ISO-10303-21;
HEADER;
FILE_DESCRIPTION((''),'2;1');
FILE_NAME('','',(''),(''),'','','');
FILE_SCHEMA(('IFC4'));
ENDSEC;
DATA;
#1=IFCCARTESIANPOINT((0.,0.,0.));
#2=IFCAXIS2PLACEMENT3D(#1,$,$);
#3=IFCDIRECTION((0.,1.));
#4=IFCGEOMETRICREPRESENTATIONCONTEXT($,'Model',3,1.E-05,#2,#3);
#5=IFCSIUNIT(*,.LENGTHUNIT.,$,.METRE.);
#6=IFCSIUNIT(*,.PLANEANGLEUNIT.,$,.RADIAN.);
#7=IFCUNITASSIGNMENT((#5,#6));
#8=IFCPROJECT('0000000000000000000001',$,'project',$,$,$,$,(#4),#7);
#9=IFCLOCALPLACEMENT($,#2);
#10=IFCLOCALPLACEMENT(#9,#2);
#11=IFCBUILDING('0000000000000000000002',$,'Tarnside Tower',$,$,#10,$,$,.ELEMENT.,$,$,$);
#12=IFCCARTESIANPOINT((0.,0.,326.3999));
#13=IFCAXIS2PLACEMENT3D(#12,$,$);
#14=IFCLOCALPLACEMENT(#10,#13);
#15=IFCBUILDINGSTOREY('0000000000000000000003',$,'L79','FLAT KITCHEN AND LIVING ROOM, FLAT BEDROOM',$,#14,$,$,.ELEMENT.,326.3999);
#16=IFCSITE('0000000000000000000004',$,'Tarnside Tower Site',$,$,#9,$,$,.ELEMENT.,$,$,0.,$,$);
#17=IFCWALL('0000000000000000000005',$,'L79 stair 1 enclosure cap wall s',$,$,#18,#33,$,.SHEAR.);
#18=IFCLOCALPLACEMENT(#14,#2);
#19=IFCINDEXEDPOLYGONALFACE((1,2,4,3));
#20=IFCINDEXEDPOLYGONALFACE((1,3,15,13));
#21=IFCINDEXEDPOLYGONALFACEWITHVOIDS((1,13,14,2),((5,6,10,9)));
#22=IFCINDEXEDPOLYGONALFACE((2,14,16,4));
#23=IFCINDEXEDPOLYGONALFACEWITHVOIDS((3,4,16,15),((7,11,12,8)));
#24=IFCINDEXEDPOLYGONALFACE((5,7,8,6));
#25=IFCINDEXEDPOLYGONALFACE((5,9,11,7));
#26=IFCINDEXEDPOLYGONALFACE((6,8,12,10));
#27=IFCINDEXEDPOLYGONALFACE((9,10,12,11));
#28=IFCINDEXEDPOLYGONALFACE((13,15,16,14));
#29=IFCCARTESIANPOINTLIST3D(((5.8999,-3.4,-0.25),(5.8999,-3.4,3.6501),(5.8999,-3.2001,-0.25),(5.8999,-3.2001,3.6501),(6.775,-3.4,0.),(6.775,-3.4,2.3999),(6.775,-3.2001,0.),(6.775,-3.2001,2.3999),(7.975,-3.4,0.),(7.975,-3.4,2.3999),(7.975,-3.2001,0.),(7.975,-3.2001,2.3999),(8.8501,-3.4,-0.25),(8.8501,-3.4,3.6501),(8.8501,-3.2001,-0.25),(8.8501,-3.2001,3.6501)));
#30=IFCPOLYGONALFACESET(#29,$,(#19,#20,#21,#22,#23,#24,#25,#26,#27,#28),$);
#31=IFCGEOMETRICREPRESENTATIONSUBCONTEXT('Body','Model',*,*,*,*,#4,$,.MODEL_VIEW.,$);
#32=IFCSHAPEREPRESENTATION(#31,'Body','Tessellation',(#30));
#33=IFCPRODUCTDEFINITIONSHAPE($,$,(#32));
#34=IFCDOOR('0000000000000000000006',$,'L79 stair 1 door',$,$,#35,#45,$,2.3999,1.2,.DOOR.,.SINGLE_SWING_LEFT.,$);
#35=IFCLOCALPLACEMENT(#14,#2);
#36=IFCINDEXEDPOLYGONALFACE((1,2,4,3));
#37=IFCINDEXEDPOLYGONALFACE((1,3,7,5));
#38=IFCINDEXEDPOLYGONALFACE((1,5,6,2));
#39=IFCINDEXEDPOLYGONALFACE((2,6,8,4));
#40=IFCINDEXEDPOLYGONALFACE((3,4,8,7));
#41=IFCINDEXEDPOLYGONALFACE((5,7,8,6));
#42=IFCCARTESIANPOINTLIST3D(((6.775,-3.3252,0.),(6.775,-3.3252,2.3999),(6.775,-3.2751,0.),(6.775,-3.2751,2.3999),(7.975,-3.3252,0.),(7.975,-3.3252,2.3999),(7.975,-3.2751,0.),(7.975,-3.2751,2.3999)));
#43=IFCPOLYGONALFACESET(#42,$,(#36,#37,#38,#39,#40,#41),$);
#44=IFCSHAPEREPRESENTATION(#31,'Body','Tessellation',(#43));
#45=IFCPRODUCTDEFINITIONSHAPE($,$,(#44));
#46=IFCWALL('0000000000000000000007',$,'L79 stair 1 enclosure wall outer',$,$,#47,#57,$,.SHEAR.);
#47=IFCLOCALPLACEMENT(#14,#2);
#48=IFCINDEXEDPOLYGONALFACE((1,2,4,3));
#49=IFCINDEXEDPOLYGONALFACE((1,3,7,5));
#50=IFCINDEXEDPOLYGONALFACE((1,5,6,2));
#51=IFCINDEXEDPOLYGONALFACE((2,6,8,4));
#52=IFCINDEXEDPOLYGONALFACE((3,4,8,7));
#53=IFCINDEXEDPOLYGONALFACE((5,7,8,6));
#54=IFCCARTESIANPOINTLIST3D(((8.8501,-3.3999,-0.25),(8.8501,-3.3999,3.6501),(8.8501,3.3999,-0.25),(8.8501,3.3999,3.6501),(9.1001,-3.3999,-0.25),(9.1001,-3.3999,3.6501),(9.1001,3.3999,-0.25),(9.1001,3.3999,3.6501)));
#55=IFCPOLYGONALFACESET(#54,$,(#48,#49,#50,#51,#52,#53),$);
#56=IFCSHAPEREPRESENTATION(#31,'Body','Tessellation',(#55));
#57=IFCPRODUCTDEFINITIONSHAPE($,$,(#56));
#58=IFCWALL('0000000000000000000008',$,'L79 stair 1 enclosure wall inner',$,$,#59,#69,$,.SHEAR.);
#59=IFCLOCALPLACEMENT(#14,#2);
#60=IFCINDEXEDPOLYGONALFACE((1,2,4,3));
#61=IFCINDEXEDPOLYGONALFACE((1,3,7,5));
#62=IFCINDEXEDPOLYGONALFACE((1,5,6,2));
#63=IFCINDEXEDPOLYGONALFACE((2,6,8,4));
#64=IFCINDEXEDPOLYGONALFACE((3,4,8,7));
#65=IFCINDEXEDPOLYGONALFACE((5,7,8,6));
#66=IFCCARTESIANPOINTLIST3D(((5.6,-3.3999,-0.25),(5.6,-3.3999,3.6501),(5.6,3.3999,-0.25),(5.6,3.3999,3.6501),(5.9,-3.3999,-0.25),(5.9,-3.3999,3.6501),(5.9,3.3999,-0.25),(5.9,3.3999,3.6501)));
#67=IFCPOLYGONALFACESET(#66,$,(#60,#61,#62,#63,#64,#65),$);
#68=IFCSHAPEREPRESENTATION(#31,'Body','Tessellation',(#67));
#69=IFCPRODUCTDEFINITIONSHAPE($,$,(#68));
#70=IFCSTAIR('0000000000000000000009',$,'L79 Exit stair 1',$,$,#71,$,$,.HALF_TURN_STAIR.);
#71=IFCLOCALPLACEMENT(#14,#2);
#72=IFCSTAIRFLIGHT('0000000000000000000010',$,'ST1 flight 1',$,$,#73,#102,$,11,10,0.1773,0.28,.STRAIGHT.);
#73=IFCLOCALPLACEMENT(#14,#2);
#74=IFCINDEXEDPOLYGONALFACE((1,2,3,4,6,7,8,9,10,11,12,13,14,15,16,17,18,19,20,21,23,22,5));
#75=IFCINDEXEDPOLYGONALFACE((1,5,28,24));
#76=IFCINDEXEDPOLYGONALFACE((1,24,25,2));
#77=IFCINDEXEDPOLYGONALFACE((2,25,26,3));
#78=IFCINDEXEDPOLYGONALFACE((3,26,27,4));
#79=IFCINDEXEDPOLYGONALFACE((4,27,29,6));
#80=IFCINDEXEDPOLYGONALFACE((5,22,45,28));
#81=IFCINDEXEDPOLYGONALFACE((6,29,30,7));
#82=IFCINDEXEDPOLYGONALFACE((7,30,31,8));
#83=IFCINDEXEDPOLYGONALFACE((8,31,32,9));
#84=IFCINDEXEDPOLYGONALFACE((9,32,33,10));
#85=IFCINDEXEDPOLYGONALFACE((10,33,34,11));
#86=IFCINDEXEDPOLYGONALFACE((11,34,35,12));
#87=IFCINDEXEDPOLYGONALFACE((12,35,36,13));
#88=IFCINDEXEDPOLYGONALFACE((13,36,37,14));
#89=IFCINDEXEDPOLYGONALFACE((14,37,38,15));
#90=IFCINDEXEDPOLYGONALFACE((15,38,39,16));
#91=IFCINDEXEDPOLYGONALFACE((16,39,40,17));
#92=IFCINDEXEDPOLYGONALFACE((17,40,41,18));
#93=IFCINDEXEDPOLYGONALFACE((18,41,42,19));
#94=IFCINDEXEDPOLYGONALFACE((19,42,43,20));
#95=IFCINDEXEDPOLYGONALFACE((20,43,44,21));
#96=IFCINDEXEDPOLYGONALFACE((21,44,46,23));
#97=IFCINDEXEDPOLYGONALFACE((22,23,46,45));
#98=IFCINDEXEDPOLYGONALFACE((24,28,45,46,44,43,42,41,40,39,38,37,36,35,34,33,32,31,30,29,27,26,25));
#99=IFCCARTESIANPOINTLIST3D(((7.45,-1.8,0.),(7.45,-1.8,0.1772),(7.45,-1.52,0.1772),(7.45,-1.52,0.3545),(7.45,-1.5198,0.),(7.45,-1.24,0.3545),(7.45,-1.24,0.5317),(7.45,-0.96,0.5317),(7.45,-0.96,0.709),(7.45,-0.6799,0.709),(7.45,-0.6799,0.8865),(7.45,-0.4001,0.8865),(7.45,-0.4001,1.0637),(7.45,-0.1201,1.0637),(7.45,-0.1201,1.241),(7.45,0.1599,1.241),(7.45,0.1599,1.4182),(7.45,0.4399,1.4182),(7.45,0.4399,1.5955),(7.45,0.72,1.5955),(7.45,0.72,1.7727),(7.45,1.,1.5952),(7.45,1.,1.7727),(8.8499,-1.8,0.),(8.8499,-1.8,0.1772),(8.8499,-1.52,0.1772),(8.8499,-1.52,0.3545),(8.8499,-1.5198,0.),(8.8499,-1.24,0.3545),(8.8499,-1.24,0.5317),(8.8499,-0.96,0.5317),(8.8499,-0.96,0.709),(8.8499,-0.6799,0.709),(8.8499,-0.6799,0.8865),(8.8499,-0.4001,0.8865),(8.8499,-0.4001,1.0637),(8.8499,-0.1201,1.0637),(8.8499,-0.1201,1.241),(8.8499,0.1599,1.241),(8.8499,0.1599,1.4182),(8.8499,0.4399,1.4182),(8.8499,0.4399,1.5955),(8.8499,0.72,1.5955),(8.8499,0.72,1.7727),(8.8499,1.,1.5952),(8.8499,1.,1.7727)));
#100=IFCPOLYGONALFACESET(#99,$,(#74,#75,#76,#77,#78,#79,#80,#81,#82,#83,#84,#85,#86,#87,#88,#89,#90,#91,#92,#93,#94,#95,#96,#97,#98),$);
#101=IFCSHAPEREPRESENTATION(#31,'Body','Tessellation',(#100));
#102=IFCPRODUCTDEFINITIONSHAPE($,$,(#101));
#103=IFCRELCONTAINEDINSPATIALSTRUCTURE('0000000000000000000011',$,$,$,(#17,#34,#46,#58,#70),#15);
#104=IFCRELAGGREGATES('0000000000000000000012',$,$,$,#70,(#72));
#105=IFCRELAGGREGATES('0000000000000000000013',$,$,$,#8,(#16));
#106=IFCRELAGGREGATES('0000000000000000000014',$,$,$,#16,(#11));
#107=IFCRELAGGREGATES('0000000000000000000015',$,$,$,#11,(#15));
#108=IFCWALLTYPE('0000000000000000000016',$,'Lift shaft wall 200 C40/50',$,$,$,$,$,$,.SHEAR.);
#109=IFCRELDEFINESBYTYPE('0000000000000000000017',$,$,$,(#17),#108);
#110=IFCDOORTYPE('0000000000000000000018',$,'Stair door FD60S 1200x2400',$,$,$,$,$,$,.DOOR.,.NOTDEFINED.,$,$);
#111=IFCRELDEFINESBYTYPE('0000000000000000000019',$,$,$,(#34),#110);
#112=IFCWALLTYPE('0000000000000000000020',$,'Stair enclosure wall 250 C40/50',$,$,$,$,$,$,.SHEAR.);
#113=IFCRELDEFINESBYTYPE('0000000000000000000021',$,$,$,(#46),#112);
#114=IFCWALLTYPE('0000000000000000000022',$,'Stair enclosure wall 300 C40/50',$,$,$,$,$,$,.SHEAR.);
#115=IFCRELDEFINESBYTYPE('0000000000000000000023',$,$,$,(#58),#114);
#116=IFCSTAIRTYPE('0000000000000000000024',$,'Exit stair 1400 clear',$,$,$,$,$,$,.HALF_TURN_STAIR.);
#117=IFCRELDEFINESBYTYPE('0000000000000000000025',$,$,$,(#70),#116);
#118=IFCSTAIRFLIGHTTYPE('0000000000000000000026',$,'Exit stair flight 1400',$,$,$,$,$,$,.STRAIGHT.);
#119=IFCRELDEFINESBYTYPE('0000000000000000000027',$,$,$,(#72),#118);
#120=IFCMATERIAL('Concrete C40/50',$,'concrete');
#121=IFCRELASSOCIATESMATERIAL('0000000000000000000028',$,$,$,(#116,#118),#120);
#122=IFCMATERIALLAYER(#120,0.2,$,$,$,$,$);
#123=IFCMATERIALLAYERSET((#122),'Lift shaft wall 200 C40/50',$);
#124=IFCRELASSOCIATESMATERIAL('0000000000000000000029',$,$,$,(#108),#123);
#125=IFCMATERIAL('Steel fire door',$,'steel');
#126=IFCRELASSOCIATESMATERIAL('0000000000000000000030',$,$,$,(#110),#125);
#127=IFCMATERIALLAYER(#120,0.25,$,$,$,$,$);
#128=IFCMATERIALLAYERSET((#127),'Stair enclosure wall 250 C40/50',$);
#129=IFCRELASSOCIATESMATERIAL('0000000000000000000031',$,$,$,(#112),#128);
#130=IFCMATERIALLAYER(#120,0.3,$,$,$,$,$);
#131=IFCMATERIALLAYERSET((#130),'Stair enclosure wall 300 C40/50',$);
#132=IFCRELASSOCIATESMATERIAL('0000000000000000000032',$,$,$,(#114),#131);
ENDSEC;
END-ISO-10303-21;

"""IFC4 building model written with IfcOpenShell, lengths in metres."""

from ifc_helpers import new_model, si_unit, direction, frame, frame_2d, origin, place, context, subcontext, project, spatial, polyline, rectangle, outline, extrude, material, layer, layer_set, type_object, element, fill, aggregate, save


model = new_model("IFC4")

# Units and contexts
model_context = context("Model", 3, precision=1e-05, world=origin(), true_north=direction((0.0, 1.0)))
body_context = subcontext(model_context, "Body", "Model", "MODEL_VIEW")
ifc_project = project(units=[si_unit("LENGTHUNIT", "METRE"), si_unit("PLANEANGLEUNIT", "RADIAN")], contexts=[model_context])

# Site, building, storey
site_placement = place(None, origin())
site = spatial("IfcSite", under=ifc_project, at=site_placement, Name="Tarnside Tower Site", CompositionType="ELEMENT", RefElevation=0.0)
building_placement = place(site_placement, origin())
building = spatial("IfcBuilding", under=site, at=building_placement, Name="Tarnside Tower", CompositionType="ELEMENT")
storey_placement = place(building_placement, frame((0.0, 0.0, 326.3999)))
storey = spatial("IfcBuildingStorey", under=building, at=storey_placement, Name="L79", Description="FLAT KITCHEN AND LIVING ROOM, FLAT BEDROOM", CompositionType="ELEMENT", Elevation=326.3999)

# Shared definitions
ifc_material_1 = material(Name="Concrete C40/50", Category="concrete")

# Shared definitions
stair_type = type_object("IfcStairType", Name="Exit stair 1400 clear", PredefinedType="HALF_TURN_STAIR", material=ifc_material_1)

# Shared definitions
ifc_material_2 = material(Name="Steel fire door", Category="steel")

# Wall, opening, door
ifc_layer_1 = layer(ifc_material_1, 0.2)
ifc_layer_set_1 = layer_set([ifc_layer_1], Name="Lift shaft wall 200 C40/50")
wall_type_1 = type_object("IfcWallType", Name="Lift shaft wall 200 C40/50", PredefinedType="SHEAR", material=ifc_layer_set_1)
wall_1_placement = place(storey_placement, frame((5.8999, -3.3, -0.25), z_axis=(0.0, 0.0, 1.0), x_axis=(1.0, 0.0, 0.0)))
wall_1 = element("IfcWall", 1, at=wall_1_placement, inside=storey, type_object=wall_type_1, Name="L79 stair 1 enclosure cap wall s", PredefinedType="SHEAR", context=body_context, shape_type="SweptSolid", body=[
    extrude(rectangle(XDim=2.9502, YDim=0.2, at=frame_2d((1.4751, 0.0))), origin(), (0.0, 0.0, 1.0), 3.9001),
])
opening_1_placement = place(wall_1_placement, frame((0.875, 0.0, 0.25)))
opening_1 = element("IfcOpeningElement", 2, at=opening_1_placement, cuts=wall_1, PredefinedType="OPENING", context=body_context, shape_type="SweptSolid", body=[
    extrude(rectangle(XDim=1.2, YDim=2.3999, at=frame_2d((0.6001, 1.2))), frame((0.0, 0.1099, 0.0), z_axis=(0.0, -1.0, 0.0), x_axis=(1.0, 0.0, 0.0)), (0.0, 0.0, 1.0), 0.22),
])
door_type_1 = type_object("IfcDoorType", Name="Stair door FD60S 1200x2400", OperationType="NOTDEFINED", PredefinedType="DOOR", material=ifc_material_2)
door_1_placement = place(opening_1_placement, origin())
door_1 = element("IfcDoor", 3, at=door_1_placement, inside=storey, type_object=door_type_1, Name="L79 stair 1 door", OperationType="SINGLE_SWING_LEFT", OverallHeight=2.3999, OverallWidth=1.2, PredefinedType="DOOR", context=body_context, shape_type="SweptSolid", body=[
    extrude(rectangle(XDim=1.2, YDim=2.3999, at=frame_2d((0.6001, 1.2))), frame((0.0, 0.0249, 0.0), z_axis=(0.0, -1.0, 0.0), x_axis=(1.0, 0.0, 0.0)), (0.0, 0.0, 1.0), 0.05),
])
fill(opening_1, door_1)

# Walls
ifc_layer_2 = layer(ifc_material_1, 0.25)
ifc_layer_set_2 = layer_set([ifc_layer_2], Name="Stair enclosure wall 250 C40/50")
wall_type_2 = type_object("IfcWallType", Name="Stair enclosure wall 250 C40/50", PredefinedType="SHEAR", material=ifc_layer_set_2)
wall_2_placement = place(storey_placement, frame((8.9751, -3.3999, -0.25), z_axis=(0.0, 0.0, 1.0), x_axis=(0.0, 1.0, 0.0)))
element("IfcWall", 4, at=wall_2_placement, inside=storey, type_object=wall_type_2, Name="L79 stair 1 enclosure wall outer", PredefinedType="SHEAR", context=body_context, shape_type="SweptSolid", body=[
    extrude(rectangle(XDim=6.7998, YDim=0.25, at=frame_2d((3.3999, 0.0))), origin(), (0.0, 0.0, 1.0), 3.9001),
])
ifc_layer_3 = layer(ifc_material_1, 0.3)
ifc_layer_set_3 = layer_set([ifc_layer_3], Name="Stair enclosure wall 300 C40/50")
wall_type_3 = type_object("IfcWallType", Name="Stair enclosure wall 300 C40/50", PredefinedType="SHEAR", material=ifc_layer_set_3)
wall_3_placement = place(storey_placement, frame((5.75, -3.3999, -0.25), z_axis=(0.0, 0.0, 1.0), x_axis=(0.0, 1.0, 0.0)))
element("IfcWall", 5, at=wall_3_placement, inside=storey, type_object=wall_type_3, Name="L79 stair 1 enclosure wall inner", PredefinedType="SHEAR", context=body_context, shape_type="SweptSolid", body=[
    extrude(rectangle(XDim=6.7998, YDim=0.3, at=frame_2d((3.3999, 0.0))), origin(), (0.0, 0.0, 1.0), 3.9001),
])

# Stair, stair flight
stair_1_placement = place(storey_placement, origin())
stair_1 = element("IfcStair", 6, at=stair_1_placement, inside=storey, type_object=stair_type, Name="L79 Exit stair 1", PredefinedType="HALF_TURN_STAIR")
stair_flight_type = type_object("IfcStairFlightType", Name="Exit stair flight 1400", PredefinedType="STRAIGHT", material=ifc_material_1)
stair_flight_placement = place(storey_placement, frame((8.1499, -1.8, 0.0), z_axis=(0.0, 0.0, 1.0), x_axis=(0.0, 1.0, 0.0)))
stair_flight = element("IfcStairFlight", 7, at=stair_flight_placement, type_object=stair_flight_type, Name="ST1 flight 1", NumberOfRisers=11, NumberOfTreads=10, PredefinedType="STRAIGHT", RiserHeight=0.1773, TreadLength=0.28, context=body_context, shape_type="SweptSolid", body=[
    extrude(outline(polyline([(0.0, 0.0), (0.0, 0.1772), (0.28, 0.1772), (0.28, 0.3545), (0.5601, 0.3545), (0.5601, 0.5317), (0.8401, 0.5317), (0.8401, 0.709), (1.1201, 0.709), (1.1201, 0.8865), (1.3999, 0.8865), (1.3999, 1.0637), (1.6799, 1.0637), (1.6799, 1.241), (1.96, 1.241), (1.96, 1.4182), (2.24, 1.4182), (2.24, 1.5955), (2.52, 1.5955), (2.52, 1.7727), (2.8, 1.7727), (2.8, 1.95), (2.8, 1.5952), (0.2803, 0.0), (0.0, 0.0)])), frame((0.0, 0.7, 0.0), z_axis=(0.0, -1.0, 0.0), x_axis=(1.0, 0.0, 0.0)), (0.0, 0.0, 1.0), 1.3999),
])
aggregate(stair_1, [stair_flight])

save(model, "model.ifc")
